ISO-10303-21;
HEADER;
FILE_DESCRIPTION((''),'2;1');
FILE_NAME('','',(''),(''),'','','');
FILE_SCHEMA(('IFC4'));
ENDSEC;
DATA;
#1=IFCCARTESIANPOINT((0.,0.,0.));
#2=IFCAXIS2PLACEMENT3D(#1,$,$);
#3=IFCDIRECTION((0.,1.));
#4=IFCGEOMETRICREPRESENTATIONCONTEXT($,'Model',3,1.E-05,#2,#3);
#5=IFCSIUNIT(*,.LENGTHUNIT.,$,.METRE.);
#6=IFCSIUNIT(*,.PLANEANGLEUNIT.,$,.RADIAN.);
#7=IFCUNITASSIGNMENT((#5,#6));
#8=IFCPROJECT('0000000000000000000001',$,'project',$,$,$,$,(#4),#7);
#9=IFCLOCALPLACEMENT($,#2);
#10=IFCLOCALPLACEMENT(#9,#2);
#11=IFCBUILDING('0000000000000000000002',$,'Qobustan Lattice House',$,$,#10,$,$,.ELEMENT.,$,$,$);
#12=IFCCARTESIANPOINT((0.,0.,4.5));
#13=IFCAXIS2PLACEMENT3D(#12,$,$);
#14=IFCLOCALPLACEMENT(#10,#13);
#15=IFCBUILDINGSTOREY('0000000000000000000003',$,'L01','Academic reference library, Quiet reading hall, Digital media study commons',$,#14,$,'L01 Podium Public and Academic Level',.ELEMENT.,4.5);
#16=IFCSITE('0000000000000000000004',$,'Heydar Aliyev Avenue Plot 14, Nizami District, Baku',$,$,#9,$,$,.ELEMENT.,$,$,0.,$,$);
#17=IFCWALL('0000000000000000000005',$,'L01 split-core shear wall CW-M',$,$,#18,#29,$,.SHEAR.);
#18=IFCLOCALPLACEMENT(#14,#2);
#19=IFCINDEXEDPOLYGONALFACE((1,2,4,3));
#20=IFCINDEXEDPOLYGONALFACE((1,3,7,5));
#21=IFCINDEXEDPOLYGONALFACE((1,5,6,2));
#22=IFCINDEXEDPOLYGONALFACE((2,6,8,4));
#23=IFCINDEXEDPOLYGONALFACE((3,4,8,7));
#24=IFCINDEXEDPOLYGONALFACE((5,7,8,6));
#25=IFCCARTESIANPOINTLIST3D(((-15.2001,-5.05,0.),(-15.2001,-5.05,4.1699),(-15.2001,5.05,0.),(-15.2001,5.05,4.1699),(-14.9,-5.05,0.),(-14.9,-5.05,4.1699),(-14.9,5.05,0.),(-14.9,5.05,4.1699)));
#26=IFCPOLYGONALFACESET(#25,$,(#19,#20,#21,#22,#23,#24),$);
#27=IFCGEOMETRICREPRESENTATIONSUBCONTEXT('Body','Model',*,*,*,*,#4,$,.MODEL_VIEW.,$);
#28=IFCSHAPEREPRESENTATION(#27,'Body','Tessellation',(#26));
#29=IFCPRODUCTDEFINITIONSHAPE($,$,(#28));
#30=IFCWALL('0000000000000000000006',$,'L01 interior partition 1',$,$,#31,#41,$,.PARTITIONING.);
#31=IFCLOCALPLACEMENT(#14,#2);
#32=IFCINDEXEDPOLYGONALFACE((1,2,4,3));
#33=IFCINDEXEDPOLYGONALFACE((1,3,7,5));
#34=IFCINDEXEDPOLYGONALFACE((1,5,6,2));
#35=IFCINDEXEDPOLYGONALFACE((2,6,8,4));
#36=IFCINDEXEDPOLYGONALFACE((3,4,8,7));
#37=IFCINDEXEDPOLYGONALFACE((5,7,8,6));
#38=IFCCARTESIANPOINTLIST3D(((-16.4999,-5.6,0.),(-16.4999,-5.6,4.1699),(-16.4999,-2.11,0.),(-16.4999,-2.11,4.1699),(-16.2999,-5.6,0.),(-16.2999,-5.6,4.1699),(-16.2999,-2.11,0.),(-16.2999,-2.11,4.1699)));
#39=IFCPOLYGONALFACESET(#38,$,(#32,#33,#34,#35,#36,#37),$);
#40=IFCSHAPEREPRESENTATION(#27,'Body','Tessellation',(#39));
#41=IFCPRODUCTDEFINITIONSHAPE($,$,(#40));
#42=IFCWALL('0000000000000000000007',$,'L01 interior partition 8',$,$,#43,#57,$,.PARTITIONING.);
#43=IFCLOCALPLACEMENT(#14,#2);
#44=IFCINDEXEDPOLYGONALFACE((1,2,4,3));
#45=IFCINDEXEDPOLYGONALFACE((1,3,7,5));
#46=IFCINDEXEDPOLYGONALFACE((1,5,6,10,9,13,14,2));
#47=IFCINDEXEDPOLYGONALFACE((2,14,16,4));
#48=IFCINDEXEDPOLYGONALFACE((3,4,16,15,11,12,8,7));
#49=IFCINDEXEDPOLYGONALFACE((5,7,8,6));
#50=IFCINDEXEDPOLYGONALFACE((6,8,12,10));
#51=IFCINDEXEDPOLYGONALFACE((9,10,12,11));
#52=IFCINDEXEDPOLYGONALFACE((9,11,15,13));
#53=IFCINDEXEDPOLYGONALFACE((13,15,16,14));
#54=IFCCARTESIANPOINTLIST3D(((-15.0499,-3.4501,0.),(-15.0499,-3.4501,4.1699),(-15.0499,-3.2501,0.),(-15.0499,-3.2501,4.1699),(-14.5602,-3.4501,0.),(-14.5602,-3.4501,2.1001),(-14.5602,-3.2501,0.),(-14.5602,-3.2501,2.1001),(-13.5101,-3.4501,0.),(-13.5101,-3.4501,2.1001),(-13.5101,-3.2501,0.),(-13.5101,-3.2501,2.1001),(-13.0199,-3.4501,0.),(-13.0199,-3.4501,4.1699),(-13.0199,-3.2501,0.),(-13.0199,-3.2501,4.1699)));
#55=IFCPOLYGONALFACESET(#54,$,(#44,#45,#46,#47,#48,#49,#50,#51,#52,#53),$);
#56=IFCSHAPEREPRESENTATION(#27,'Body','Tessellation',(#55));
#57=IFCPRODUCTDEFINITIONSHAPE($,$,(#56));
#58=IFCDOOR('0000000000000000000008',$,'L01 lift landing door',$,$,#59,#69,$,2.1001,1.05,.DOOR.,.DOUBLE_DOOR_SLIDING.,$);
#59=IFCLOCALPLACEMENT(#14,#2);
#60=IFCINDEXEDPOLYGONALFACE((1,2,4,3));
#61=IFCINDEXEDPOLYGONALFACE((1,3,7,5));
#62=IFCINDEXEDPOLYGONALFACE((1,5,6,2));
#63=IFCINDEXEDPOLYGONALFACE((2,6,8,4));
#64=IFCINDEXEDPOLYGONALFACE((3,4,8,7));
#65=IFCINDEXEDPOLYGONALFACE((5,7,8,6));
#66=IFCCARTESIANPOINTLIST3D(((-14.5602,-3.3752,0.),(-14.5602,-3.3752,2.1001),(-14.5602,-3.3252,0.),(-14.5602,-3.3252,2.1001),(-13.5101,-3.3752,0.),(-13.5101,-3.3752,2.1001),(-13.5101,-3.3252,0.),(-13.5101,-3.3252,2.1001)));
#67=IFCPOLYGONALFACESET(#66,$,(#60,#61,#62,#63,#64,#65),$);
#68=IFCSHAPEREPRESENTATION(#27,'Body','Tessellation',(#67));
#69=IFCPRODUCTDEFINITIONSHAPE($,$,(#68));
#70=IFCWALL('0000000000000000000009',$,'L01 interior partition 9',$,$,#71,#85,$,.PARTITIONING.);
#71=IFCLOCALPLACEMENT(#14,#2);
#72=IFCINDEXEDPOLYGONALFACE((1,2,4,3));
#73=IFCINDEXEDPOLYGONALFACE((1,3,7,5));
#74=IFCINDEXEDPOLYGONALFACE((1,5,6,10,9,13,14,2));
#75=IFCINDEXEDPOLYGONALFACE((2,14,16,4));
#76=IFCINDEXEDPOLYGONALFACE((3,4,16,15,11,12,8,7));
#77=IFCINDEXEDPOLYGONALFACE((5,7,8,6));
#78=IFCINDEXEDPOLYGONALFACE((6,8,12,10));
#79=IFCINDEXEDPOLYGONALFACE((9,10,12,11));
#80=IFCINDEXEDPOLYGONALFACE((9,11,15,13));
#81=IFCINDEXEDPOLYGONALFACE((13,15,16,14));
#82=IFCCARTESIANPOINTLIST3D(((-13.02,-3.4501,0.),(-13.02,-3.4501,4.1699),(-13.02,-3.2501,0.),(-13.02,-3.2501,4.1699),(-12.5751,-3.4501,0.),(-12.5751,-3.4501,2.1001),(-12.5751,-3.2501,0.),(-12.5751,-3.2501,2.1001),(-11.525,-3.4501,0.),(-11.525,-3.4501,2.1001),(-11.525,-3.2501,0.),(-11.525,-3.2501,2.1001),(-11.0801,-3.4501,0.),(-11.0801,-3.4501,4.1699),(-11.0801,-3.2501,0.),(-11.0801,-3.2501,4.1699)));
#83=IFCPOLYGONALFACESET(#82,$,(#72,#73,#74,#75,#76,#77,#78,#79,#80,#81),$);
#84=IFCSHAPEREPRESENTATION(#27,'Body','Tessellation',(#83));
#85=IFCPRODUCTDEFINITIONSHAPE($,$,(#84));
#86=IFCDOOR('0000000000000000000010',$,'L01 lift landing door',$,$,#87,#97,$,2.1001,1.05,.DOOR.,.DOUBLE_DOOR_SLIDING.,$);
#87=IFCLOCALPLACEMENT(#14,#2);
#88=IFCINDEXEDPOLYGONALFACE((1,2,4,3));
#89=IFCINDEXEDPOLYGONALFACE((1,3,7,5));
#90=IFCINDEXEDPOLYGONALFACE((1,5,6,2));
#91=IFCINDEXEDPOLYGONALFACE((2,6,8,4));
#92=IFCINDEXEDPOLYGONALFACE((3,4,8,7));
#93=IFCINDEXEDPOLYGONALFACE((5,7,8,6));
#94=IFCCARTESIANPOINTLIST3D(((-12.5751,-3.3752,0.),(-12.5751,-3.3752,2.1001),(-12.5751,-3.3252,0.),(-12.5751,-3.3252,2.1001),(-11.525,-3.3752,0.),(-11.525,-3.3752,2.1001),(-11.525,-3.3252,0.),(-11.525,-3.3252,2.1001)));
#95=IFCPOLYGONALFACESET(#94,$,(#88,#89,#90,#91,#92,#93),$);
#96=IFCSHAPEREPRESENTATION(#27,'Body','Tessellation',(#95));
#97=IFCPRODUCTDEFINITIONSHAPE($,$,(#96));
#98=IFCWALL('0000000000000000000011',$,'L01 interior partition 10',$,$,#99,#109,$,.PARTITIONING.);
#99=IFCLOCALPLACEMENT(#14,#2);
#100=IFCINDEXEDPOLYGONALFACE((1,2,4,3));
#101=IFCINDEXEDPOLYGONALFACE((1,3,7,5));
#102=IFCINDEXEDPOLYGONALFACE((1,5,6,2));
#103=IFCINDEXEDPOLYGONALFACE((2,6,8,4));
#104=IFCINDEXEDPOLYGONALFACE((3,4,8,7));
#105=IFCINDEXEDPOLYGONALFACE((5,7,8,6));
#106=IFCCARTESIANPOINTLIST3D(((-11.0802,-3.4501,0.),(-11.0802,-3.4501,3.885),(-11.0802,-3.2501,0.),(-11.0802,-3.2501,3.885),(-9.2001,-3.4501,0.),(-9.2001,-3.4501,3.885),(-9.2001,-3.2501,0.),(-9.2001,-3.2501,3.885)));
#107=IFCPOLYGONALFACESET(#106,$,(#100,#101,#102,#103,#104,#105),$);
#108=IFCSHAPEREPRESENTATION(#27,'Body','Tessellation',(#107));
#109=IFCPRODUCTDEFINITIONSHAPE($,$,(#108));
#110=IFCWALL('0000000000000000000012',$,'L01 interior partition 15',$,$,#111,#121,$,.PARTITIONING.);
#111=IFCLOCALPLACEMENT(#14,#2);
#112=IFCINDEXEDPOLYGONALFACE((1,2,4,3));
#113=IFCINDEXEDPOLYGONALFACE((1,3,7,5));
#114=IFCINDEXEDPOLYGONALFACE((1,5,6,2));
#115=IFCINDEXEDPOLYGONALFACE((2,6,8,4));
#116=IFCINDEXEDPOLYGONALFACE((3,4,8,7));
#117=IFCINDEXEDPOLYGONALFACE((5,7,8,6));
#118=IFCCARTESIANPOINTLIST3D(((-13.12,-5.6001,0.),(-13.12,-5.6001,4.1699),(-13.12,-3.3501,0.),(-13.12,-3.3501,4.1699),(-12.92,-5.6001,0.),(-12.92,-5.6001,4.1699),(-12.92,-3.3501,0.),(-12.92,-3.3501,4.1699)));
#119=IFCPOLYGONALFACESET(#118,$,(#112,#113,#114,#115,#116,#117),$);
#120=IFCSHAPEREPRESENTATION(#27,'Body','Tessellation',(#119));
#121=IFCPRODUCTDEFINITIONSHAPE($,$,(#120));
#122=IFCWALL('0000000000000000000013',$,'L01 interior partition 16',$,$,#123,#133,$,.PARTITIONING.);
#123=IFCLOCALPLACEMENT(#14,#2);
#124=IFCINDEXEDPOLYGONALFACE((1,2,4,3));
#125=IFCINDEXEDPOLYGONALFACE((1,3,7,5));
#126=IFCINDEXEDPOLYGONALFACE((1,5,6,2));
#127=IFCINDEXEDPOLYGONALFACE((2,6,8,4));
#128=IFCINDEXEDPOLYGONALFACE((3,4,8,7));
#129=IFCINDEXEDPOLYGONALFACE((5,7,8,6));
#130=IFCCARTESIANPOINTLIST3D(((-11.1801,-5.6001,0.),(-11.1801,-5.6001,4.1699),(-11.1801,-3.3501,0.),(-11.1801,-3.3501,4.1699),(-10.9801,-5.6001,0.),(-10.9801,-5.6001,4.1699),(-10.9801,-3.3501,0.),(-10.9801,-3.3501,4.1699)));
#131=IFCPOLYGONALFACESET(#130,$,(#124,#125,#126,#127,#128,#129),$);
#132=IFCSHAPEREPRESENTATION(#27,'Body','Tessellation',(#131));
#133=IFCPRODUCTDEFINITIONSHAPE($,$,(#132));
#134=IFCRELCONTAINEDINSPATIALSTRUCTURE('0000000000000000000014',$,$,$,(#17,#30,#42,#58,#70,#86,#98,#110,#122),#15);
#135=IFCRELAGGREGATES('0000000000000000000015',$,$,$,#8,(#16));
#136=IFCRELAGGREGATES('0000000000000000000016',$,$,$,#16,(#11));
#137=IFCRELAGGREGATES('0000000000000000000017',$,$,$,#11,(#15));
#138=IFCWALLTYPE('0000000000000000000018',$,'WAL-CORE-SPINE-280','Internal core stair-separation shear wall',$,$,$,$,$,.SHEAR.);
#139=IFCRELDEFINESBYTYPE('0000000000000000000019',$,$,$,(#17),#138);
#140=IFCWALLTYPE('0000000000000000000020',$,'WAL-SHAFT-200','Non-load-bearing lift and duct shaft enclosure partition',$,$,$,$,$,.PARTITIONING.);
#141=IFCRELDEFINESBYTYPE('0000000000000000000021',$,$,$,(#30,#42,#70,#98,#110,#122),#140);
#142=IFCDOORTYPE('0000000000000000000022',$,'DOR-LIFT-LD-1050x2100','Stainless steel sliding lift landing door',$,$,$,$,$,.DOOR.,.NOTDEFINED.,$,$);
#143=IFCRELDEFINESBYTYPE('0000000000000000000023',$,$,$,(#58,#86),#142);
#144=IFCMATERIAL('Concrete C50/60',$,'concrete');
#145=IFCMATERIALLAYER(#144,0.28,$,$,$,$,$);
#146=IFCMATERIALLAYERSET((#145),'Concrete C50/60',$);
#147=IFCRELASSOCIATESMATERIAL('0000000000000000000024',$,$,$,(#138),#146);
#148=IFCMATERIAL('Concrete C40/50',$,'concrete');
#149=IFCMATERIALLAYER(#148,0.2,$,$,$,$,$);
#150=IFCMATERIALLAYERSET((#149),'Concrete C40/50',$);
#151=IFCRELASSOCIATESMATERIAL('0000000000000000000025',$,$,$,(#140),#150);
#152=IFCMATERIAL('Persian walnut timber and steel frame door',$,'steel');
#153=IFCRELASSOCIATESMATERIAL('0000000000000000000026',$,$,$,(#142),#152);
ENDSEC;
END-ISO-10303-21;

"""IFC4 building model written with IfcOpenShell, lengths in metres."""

from ifc_helpers import new_model, si_unit, direction, frame, frame_2d, origin, place, context, subcontext, project, spatial, rectangle, extrude, material, layer, layer_set, type_object, element, fill, save


model = new_model("IFC4")

# Units and contexts
model_context = context("Model", 3, precision=1e-05, world=origin(), true_north=direction((0.0, 1.0)))
body_context = subcontext(model_context, "Body", "Model", "MODEL_VIEW")
ifc_project = project(units=[si_unit("LENGTHUNIT", "METRE"), si_unit("PLANEANGLEUNIT", "RADIAN")], contexts=[model_context])

# Site, building, storey
site_placement = place(None, origin())
site = spatial("IfcSite", under=ifc_project, at=site_placement, Name="Heydar Aliyev Avenue Plot 14, Nizami District, Baku", CompositionType="ELEMENT", RefElevation=0.0)
building_placement = place(site_placement, origin())
building = spatial("IfcBuilding", under=site, at=building_placement, Name="Qobustan Lattice House", CompositionType="ELEMENT")
storey_placement = place(building_placement, frame((0.0, 0.0, 4.5)))
storey = spatial("IfcBuildingStorey", under=building, at=storey_placement, Name="L01", Description="Academic reference library, Quiet reading hall, Digital media study commons", LongName="L01 Podium Public and Academic Level", CompositionType="ELEMENT", Elevation=4.5)

# Walls
ifc_material_1 = material(Name="Concrete C50/60", Category="concrete")
ifc_layer_1 = layer(ifc_material_1, 0.28)
ifc_layer_set_1 = layer_set([ifc_layer_1], Name="Concrete C50/60")
wall_type_1 = type_object("IfcWallType", Name="WAL-CORE-SPINE-280", Description="Internal core stair-separation shear wall", PredefinedType="SHEAR", material=ifc_layer_set_1)
wall_1_placement = place(storey_placement, frame((-15.05, -5.05, 0.0), z_axis=(0.0, 0.0, 1.0), x_axis=(0.0, 1.0, 0.0)))
element("IfcWall", 1, at=wall_1_placement, inside=storey, type_object=wall_type_1, Name="L01 split-core shear wall CW-M", PredefinedType="SHEAR", context=body_context, shape_type="SweptSolid", body=[
    extrude(rectangle(XDim=10.1001, YDim=0.3, at=frame_2d((5.05, 0.0))), origin(), (0.0, 0.0, 1.0), 4.1699),
])
ifc_material_2 = material(Name="Concrete C40/50", Category="concrete")
ifc_layer_2 = layer(ifc_material_2, 0.2)
ifc_layer_set_2 = layer_set([ifc_layer_2], Name="Concrete C40/50")
wall_type_2 = type_object("IfcWallType", Name="WAL-SHAFT-200", Description="Non-load-bearing lift and duct shaft enclosure partition", PredefinedType="PARTITIONING", material=ifc_layer_set_2)
wall_2_placement = place(storey_placement, frame((-16.3999, -5.6001, 0.0), z_axis=(0.0, 0.0, 1.0), x_axis=(0.0, 1.0, 0.0)))
element("IfcWall", 2, at=wall_2_placement, inside=storey, type_object=wall_type_2, Name="L01 interior partition 1", PredefinedType="PARTITIONING", context=body_context, shape_type="SweptSolid", body=[
    extrude(rectangle(XDim=3.49, YDim=0.2, at=frame_2d((1.7451, 0.0))), origin(), (0.0, 0.0, 1.0), 4.1699),
])

# Walls, openings, doors
wall_3_placement = place(storey_placement, frame((-15.05, -3.3501, 0.0), z_axis=(0.0, 0.0, 1.0), x_axis=(1.0, 0.0, 0.0)))
wall_3 = element("IfcWall", 3, at=wall_3_placement, inside=storey, type_object=wall_type_2, Name="L01 interior partition 8", PredefinedType="PARTITIONING", context=body_context, shape_type="SweptSolid", body=[
    extrude(rectangle(XDim=2.03, YDim=0.2, at=frame_2d((1.0151, 0.0))), origin(), (0.0, 0.0, 1.0), 4.1699),
])
opening_1_placement = place(wall_3_placement, frame((0.49, 0.0, 0.0)))
opening_1 = element("IfcOpeningElement", 4, at=opening_1_placement, cuts=wall_3, PredefinedType="OPENING", context=body_context, shape_type="SweptSolid", body=[
    extrude(rectangle(XDim=1.05, YDim=2.1001, at=frame_2d((0.5249, 1.05))), frame((0.0, 0.1099, 0.0), z_axis=(0.0, -1.0, 0.0), x_axis=(1.0, 0.0, 0.0)), (0.0, 0.0, 1.0), 0.22),
])
ifc_material_3 = material(Name="Persian walnut timber and steel frame door", Category="steel")
door_type_1 = type_object("IfcDoorType", Name="DOR-LIFT-LD-1050x2100", Description="Stainless steel sliding lift landing door", OperationType="NOTDEFINED", PredefinedType="DOOR", material=ifc_material_3)
door_1_placement = place(opening_1_placement, origin())
door_1 = element("IfcDoor", 5, at=door_1_placement, inside=storey, type_object=door_type_1, Name="L01 lift landing door", OperationType="DOUBLE_DOOR_SLIDING", OverallHeight=2.1001, OverallWidth=1.05, PredefinedType="DOOR", context=body_context, shape_type="SweptSolid", body=[
    extrude(rectangle(XDim=1.05, YDim=2.1001, at=frame_2d((0.5249, 1.05))), frame((0.0, 0.0249, 0.0), z_axis=(0.0, -1.0, 0.0), x_axis=(1.0, 0.0, 0.0)), (0.0, 0.0, 1.0), 0.05),
])
fill(opening_1, door_1)
wall_4_placement = place(storey_placement, frame((-13.02, -3.3501, 0.0), z_axis=(0.0, 0.0, 1.0), x_axis=(1.0, 0.0, 0.0)))
wall_4 = element("IfcWall", 6, at=wall_4_placement, inside=storey, type_object=wall_type_2, Name="L01 interior partition 9", PredefinedType="PARTITIONING", context=body_context, shape_type="SweptSolid", body=[
    extrude(rectangle(XDim=1.9399, YDim=0.2, at=frame_2d((0.97, 0.0))), origin(), (0.0, 0.0, 1.0), 4.1699),
])
opening_2_placement = place(wall_4_placement, frame((0.4451, 0.0, 0.0)))
opening_2 = element("IfcOpeningElement", 7, at=opening_2_placement, cuts=wall_4, PredefinedType="OPENING", context=body_context, shape_type="SweptSolid", body=[
    extrude(rectangle(XDim=1.05, YDim=2.1001, at=frame_2d((0.5249, 1.05))), frame((0.0, 0.1099, 0.0), z_axis=(0.0, -1.0, 0.0), x_axis=(1.0, 0.0, 0.0)), (0.0, 0.0, 1.0), 0.22),
])
door_2_placement = place(opening_2_placement, origin())
door_2 = element("IfcDoor", 8, at=door_2_placement, inside=storey, type_object=door_type_1, Name="L01 lift landing door", OperationType="DOUBLE_DOOR_SLIDING", OverallHeight=2.1001, OverallWidth=1.05, PredefinedType="DOOR", context=body_context, shape_type="SweptSolid", body=[
    extrude(rectangle(XDim=1.05, YDim=2.1001, at=frame_2d((0.5249, 1.05))), frame((0.0, 0.0249, 0.0), z_axis=(0.0, -1.0, 0.0), x_axis=(1.0, 0.0, 0.0)), (0.0, 0.0, 1.0), 0.05),
])
fill(opening_2, door_2)

# Walls
wall_5_placement = place(storey_placement, frame((-11.0801, -3.3501, 0.0), z_axis=(0.0, 0.0, 1.0), x_axis=(1.0, 0.0, 0.0)))
element("IfcWall", 9, at=wall_5_placement, inside=storey, type_object=wall_type_2, Name="L01 interior partition 10", PredefinedType="PARTITIONING", context=body_context, shape_type="SweptSolid", body=[
    extrude(rectangle(XDim=1.8801, YDim=0.2, at=frame_2d((0.9399, 0.0))), origin(), (0.0, 0.0, 1.0), 3.885),
])
for number, where, z_axis, x_axis, name in (
    (10, (-13.02, -5.6001, 0.0), (0.0, 0.0, 1.0), (0.0, 1.0, 0.0), "L01 interior partition 15"),
    (11, (-11.0801, -5.6001, 0.0), (0.0, 0.0, 1.0), (0.0, 1.0, 0.0), "L01 interior partition 16"),
):
    element("IfcWall", number, at=place(storey_placement, frame(where, z_axis=z_axis, x_axis=x_axis)), inside=storey, type_object=wall_type_2, Name=name, PredefinedType="PARTITIONING", context=body_context, shape_type="SweptSolid", body=[
        extrude(rectangle(XDim=2.25, YDim=0.2, at=frame_2d((1.125, 0.0))), origin(), (0.0, 0.0, 1.0), 4.1699),
    ])

save(model, "model.ifc")
